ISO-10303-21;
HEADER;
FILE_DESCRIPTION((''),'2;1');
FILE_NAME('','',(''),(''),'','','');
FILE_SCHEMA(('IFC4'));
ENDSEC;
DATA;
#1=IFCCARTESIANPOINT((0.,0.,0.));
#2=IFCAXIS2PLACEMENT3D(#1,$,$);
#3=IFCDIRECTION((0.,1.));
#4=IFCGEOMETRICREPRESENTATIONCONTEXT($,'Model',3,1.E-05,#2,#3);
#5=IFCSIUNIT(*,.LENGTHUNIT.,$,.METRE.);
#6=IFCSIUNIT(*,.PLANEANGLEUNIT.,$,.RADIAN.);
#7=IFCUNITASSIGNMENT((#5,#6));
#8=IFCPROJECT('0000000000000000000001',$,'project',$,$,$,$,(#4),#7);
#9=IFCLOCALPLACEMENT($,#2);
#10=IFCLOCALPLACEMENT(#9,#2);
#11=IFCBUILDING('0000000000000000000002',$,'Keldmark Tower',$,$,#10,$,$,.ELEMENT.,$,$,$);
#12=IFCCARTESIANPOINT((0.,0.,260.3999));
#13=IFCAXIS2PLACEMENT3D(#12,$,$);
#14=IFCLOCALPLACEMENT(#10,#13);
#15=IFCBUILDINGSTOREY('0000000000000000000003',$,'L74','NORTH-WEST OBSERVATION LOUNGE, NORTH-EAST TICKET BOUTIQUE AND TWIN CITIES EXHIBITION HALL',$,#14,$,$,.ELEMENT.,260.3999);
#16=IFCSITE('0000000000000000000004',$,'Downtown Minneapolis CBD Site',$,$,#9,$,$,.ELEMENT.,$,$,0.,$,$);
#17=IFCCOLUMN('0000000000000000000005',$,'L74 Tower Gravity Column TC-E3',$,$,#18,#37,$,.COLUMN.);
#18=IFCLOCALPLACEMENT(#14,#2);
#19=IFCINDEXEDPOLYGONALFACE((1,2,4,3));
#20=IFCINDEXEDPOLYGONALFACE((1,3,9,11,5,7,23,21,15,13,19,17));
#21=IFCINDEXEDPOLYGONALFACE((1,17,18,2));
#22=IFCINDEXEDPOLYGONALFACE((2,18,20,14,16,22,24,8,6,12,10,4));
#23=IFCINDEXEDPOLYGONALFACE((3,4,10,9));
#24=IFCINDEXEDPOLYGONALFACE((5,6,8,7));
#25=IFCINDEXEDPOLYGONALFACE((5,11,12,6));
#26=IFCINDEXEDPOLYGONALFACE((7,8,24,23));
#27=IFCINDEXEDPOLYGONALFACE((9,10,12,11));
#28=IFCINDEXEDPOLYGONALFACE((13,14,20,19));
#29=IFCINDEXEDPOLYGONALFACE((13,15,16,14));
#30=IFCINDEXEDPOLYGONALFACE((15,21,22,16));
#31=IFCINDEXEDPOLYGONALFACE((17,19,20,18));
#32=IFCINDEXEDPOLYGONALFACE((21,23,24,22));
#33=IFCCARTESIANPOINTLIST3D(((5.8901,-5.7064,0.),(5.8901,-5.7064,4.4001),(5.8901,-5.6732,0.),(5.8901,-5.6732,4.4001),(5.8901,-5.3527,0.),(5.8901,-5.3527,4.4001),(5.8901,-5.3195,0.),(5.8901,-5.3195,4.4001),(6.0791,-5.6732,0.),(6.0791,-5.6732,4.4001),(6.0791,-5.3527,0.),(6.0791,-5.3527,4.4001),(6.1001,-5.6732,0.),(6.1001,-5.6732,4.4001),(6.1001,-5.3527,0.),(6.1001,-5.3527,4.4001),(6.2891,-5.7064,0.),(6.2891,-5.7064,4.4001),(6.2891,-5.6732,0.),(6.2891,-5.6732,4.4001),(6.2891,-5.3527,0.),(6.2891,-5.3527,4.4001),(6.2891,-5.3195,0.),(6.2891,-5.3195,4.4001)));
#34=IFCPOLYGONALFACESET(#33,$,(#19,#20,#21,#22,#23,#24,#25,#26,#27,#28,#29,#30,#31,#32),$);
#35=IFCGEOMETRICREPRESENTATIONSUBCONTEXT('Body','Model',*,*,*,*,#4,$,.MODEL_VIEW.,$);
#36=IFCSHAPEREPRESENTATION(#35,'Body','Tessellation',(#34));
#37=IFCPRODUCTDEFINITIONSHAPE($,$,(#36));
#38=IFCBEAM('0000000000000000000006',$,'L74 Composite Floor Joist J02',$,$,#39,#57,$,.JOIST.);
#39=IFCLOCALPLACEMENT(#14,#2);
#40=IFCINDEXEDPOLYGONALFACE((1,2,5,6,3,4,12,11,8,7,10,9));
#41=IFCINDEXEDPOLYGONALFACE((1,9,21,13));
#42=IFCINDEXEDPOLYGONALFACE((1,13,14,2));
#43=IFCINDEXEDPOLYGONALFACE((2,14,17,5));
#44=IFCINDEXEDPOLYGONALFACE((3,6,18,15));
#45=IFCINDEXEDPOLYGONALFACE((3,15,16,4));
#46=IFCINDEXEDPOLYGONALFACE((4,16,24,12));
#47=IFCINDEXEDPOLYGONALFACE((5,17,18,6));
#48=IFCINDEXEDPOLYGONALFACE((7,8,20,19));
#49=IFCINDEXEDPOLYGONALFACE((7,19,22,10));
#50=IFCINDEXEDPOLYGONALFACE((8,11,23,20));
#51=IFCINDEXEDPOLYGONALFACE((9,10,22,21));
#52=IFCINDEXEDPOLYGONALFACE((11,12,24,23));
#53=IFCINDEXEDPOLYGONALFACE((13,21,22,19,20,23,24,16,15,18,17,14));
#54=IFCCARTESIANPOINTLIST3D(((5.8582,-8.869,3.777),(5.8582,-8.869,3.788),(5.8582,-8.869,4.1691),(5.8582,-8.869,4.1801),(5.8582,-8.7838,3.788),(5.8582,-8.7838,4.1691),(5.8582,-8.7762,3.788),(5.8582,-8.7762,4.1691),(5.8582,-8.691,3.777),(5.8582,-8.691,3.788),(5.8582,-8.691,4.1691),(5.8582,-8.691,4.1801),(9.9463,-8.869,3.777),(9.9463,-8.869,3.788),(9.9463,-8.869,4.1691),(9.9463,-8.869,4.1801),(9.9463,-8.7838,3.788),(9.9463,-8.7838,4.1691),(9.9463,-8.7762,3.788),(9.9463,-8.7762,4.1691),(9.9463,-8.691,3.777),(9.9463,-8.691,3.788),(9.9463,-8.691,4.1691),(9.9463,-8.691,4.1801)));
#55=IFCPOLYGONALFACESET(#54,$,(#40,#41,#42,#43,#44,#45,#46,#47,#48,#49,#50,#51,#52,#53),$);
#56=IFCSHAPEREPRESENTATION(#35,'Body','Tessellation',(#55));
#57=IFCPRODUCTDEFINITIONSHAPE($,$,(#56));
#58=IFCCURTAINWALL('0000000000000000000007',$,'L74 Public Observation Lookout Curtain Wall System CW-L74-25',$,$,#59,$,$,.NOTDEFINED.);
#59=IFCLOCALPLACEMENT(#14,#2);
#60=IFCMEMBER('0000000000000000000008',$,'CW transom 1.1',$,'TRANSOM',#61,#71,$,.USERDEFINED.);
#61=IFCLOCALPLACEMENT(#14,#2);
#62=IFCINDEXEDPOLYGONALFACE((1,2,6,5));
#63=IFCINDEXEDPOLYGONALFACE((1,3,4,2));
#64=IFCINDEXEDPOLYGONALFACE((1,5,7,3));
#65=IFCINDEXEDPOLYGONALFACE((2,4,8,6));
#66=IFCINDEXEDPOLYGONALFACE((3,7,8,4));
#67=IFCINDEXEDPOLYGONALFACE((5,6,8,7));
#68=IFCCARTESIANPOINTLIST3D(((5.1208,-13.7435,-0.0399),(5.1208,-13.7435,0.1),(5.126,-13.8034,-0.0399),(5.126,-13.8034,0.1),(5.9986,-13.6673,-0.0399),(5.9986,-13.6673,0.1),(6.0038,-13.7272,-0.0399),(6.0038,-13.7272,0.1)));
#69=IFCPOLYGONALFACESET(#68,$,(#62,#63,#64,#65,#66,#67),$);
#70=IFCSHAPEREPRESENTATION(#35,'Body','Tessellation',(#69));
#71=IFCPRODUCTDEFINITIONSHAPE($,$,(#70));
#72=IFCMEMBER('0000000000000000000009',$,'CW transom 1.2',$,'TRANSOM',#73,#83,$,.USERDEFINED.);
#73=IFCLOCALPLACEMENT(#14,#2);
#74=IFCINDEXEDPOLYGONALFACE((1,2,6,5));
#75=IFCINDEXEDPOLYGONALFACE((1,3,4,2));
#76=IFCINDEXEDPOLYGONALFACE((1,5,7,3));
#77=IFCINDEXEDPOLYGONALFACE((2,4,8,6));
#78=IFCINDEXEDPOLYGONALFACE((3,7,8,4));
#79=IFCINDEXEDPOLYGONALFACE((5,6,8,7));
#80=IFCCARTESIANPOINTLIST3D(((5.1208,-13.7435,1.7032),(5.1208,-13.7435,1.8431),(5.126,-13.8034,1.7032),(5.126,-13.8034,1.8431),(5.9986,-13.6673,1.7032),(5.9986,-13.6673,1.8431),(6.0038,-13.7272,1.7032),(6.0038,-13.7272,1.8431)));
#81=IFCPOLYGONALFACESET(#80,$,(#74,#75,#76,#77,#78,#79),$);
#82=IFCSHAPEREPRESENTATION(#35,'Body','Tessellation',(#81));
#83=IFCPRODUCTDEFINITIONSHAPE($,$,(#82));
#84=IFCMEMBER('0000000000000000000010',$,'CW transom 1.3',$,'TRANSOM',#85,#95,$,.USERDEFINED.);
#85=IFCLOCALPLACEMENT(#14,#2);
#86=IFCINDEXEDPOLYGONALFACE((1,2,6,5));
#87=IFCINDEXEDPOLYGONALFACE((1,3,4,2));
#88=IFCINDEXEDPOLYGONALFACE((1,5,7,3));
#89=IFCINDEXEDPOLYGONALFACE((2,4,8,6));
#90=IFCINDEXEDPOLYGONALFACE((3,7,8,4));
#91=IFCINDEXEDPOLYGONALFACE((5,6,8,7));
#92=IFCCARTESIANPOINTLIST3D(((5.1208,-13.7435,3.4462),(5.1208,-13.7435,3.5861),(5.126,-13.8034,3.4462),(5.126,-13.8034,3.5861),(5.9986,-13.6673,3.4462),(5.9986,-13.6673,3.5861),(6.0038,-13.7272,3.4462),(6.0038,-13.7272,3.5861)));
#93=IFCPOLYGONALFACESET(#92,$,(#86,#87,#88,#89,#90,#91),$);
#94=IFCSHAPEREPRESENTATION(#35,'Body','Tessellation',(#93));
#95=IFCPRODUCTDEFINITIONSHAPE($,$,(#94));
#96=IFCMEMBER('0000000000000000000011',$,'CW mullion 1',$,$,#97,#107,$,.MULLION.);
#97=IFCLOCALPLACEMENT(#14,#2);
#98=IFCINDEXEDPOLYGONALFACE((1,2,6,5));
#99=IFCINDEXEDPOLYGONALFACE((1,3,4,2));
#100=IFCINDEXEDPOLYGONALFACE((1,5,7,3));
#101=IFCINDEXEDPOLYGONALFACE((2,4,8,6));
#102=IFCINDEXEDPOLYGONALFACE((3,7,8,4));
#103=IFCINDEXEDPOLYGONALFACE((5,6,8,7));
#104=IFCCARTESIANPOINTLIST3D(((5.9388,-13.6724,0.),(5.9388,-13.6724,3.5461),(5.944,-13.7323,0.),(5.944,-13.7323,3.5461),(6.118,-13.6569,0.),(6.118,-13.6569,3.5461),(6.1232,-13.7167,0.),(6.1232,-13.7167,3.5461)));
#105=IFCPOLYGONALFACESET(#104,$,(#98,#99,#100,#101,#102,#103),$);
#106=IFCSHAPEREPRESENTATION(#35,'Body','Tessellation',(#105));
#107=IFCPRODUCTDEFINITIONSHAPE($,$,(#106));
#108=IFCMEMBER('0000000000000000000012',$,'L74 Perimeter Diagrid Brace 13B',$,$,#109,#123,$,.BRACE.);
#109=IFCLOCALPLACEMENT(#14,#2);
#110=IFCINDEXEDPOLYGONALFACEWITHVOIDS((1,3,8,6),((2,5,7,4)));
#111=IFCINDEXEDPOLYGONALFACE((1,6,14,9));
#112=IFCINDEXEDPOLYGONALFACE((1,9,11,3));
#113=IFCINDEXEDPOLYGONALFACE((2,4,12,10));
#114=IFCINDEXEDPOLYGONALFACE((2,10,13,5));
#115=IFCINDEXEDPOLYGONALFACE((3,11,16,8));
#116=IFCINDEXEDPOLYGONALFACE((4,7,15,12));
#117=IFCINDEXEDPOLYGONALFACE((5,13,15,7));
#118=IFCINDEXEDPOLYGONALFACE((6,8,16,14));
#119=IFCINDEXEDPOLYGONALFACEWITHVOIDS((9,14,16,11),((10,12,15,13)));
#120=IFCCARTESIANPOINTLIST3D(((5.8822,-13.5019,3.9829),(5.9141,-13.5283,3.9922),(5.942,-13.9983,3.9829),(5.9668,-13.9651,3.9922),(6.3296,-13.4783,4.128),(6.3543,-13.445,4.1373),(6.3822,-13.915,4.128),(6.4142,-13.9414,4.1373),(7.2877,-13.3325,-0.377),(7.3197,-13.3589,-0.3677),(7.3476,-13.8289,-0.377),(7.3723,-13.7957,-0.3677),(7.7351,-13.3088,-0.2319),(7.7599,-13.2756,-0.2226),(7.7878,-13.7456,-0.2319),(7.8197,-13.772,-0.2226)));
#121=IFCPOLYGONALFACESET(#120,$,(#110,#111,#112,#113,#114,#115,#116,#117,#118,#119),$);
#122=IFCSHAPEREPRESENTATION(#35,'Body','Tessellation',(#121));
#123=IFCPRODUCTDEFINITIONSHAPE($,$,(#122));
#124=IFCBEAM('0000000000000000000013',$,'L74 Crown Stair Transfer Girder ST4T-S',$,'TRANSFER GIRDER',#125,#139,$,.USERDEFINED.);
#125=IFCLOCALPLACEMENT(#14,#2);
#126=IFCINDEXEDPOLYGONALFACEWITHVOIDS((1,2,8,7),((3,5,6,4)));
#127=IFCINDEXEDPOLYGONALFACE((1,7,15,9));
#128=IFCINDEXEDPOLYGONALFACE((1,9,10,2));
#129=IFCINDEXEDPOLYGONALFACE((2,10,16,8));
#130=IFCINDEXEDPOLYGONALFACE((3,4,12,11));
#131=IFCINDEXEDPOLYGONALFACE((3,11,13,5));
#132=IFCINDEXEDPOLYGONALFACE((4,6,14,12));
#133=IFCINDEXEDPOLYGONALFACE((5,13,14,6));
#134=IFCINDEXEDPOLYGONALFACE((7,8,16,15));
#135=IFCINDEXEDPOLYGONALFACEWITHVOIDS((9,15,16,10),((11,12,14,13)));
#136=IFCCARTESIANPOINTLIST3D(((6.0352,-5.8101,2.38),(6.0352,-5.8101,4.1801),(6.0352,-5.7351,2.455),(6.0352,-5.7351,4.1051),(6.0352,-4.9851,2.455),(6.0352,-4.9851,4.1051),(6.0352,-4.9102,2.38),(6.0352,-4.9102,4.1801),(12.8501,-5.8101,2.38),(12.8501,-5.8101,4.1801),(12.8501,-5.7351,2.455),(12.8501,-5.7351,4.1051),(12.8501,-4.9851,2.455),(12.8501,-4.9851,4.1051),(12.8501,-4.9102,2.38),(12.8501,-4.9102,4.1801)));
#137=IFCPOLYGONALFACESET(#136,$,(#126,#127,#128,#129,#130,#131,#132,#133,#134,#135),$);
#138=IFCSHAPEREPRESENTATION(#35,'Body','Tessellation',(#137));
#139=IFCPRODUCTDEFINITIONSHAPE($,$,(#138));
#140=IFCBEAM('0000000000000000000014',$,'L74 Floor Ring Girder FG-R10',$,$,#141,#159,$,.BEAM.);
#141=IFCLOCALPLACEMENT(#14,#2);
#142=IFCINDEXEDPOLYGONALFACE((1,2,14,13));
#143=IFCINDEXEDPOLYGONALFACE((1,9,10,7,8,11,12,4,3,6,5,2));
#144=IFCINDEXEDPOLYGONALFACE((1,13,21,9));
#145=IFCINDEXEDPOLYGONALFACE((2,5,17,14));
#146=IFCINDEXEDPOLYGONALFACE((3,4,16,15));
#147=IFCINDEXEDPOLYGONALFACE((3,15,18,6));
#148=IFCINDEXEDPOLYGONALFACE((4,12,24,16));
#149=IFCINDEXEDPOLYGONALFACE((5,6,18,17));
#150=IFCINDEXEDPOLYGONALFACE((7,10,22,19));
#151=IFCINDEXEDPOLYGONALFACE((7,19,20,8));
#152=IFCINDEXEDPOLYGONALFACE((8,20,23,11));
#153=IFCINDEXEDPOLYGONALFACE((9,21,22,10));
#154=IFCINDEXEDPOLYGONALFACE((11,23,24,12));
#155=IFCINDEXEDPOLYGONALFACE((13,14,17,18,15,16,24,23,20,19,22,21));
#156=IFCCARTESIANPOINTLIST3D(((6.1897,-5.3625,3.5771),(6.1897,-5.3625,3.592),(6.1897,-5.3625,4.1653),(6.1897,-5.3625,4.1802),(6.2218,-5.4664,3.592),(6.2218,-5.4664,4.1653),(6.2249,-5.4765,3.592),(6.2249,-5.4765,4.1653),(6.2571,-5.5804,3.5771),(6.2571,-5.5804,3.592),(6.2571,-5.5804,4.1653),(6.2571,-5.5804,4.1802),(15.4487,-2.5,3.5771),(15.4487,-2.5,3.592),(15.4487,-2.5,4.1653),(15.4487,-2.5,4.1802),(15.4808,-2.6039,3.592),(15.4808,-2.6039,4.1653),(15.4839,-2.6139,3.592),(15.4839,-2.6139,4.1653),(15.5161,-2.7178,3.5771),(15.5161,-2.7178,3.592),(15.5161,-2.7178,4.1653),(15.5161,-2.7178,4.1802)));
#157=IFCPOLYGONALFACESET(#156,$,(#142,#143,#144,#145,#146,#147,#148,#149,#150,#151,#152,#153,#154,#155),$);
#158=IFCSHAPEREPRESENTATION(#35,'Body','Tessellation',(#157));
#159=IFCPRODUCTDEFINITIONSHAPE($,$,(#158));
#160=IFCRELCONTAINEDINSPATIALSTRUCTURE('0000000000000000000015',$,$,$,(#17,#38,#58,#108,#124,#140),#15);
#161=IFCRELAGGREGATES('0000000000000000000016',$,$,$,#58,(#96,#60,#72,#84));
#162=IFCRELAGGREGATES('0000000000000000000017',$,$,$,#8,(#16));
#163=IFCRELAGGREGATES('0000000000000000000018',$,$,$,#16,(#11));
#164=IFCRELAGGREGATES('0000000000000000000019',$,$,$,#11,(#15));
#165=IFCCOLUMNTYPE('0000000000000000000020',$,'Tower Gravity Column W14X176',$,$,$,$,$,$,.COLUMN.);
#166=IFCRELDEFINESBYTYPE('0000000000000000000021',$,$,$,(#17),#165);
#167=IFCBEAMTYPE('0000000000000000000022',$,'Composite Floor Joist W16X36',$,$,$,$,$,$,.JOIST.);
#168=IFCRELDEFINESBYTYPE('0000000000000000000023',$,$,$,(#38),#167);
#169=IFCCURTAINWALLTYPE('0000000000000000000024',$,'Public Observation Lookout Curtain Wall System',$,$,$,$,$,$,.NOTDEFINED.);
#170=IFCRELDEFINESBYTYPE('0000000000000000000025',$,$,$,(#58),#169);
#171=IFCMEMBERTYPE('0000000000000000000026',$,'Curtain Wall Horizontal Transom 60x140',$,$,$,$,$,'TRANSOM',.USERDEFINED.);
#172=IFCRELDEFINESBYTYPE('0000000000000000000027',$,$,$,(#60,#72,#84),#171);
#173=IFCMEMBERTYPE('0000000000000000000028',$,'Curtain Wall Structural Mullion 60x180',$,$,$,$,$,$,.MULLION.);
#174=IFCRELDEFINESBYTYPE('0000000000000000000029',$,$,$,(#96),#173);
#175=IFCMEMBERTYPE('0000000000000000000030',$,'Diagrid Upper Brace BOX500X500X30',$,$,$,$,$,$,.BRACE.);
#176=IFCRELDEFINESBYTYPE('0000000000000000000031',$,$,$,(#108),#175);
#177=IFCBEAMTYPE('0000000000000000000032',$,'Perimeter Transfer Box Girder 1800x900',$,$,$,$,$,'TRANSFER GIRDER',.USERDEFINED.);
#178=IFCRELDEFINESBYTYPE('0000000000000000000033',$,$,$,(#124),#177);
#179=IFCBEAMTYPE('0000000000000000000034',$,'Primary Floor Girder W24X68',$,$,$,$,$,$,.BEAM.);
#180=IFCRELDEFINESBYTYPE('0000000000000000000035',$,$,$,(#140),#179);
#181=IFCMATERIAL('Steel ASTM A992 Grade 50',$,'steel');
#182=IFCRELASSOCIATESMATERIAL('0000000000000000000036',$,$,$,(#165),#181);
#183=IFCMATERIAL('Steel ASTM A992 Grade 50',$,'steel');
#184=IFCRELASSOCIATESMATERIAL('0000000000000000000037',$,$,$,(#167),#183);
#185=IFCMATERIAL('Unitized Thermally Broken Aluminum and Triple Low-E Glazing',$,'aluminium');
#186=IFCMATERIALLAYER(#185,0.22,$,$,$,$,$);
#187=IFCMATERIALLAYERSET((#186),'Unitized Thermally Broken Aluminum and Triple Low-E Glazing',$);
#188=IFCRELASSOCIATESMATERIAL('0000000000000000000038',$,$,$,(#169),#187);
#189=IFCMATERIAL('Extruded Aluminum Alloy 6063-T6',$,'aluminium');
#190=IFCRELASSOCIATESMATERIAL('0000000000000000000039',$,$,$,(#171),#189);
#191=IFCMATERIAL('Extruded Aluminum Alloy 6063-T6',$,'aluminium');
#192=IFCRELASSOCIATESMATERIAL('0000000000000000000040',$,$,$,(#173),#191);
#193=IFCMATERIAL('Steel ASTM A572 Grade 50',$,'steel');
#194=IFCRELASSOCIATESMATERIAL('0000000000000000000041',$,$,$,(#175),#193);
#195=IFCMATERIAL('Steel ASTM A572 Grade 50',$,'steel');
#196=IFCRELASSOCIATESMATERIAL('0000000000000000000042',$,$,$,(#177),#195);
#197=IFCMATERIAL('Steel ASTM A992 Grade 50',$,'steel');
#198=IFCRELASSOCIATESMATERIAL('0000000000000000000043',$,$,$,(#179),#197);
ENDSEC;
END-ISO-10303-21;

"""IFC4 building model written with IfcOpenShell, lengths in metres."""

from ifc_helpers import new_model, si_unit, direction, frame, origin, origin_2d, place, context, subcontext, project, spatial, rectangle, hollow_rectangle, i_section, extrude, material, layer, layer_set, material_profile, profile_set, type_object, element, aggregate, save


model = new_model("IFC4")

# Units and contexts
model_context = context("Model", 3, precision=1e-05, world=origin(), true_north=direction((0.0, 1.0)))
body_context = subcontext(model_context, "Body", "Model", "MODEL_VIEW")
ifc_project = project(units=[si_unit("LENGTHUNIT", "METRE"), si_unit("PLANEANGLEUNIT", "RADIAN")], contexts=[model_context])

# Site, building, storey
site_placement = place(None, origin())
site = spatial("IfcSite", under=ifc_project, at=site_placement, Name="Downtown Minneapolis CBD Site", CompositionType="ELEMENT", RefElevation=0.0)
building_placement = place(site_placement, origin())
building = spatial("IfcBuilding", under=site, at=building_placement, Name="Keldmark Tower", CompositionType="ELEMENT")
storey_placement = place(building_placement, frame((0.0, 0.0, 260.3999)))
storey = spatial("IfcBuildingStorey", under=building, at=storey_placement, Name="L74", Description="NORTH-WEST OBSERVATION LOUNGE, NORTH-EAST TICKET BOUTIQUE AND TWIN CITIES EXHIBITION HALL", CompositionType="ELEMENT", Elevation=260.3999)

# Column
ifc_material_1 = material(Name="Steel ASTM A992 Grade 50", Category="steel")
ifc_material_profile_1 = material_profile(ifc_material_1, i_section(OverallWidth=0.3989, OverallDepth=0.387, WebThickness=0.021, FlangeThickness=0.0332, at=origin_2d()), Name="W14X176")
ifc_profile_set_1 = profile_set([ifc_material_profile_1], Name="Steel ASTM A992 Grade 50")
column_type = type_object("IfcColumnType", Name="Tower Gravity Column W14X176", PredefinedType="COLUMN", material=ifc_profile_set_1)
column_placement = place(storey_placement, frame((6.0896, -5.5129, 0.0), z_axis=(0.0, 0.0, 1.0), x_axis=(1.0, 0.0, 0.0)))
element("IfcColumn", 1, at=column_placement, inside=storey, type_object=column_type, Name="L74 Tower Gravity Column TC-E3", PredefinedType="COLUMN", context=body_context, shape_type="SweptSolid", body=[
    extrude(i_section(OverallWidth=0.3989, OverallDepth=0.387, WebThickness=0.021, FlangeThickness=0.0332, at=origin_2d()), origin(), (0.0, 0.0, 1.0), 4.4001),
])

# Beam
ifc_material_2 = material(Name="Steel ASTM A992 Grade 50", Category="steel")
ifc_material_profile_2 = material_profile(ifc_material_2, i_section(OverallWidth=0.178, OverallDepth=0.4031, WebThickness=0.0076, FlangeThickness=0.011, at=origin_2d()), Name="W16X36")
ifc_profile_set_2 = profile_set([ifc_material_profile_2], Name="Steel ASTM A992 Grade 50")
beam_type_1 = type_object("IfcBeamType", Name="Composite Floor Joist W16X36", PredefinedType="JOIST", material=ifc_profile_set_2)
beam_1_placement = place(storey_placement, frame((5.8582, -8.78, 3.9785), z_axis=(1.0, 0.0, 0.0), x_axis=(0.0, 1.0, 0.0)))
element("IfcBeam", 2, at=beam_1_placement, inside=storey, type_object=beam_type_1, Name="L74 Composite Floor Joist J02", PredefinedType="JOIST", context=body_context, shape_type="SweptSolid", body=[
    extrude(i_section(OverallWidth=0.178, OverallDepth=0.4031, WebThickness=0.0076, FlangeThickness=0.011, at=origin_2d()), origin(), (0.0, 0.0, 1.0), 4.0881),
])

# Curtain wall, members
ifc_material_3 = material(Name="Unitized Thermally Broken Aluminum and Triple Low-E Glazing", Category="aluminium")
ifc_layer_1 = layer(ifc_material_3, 0.22)
ifc_layer_set_1 = layer_set([ifc_layer_1], Name="Unitized Thermally Broken Aluminum and Triple Low-E Glazing")
curtain_wall_type = type_object("IfcCurtainWallType", Name="Public Observation Lookout Curtain Wall System", PredefinedType="NOTDEFINED", material=ifc_layer_set_1)
curtain_wall_placement = place(storey_placement, origin())
curtain_wall = element("IfcCurtainWall", 3, at=curtain_wall_placement, inside=storey, type_object=curtain_wall_type, Name="L74 Public Observation Lookout Curtain Wall System CW-L74-25", PredefinedType="NOTDEFINED")
ifc_material_4 = material(Name="Extruded Aluminum Alloy 6063-T6", Category="aluminium")
ifc_material_profile_3 = material_profile(ifc_material_4, rectangle(XDim=0.0601, YDim=0.1399, at=origin_2d()), Name="CWT60X140")
ifc_profile_set_3 = profile_set([ifc_material_profile_3], Name="Extruded Aluminum Alloy 6063-T6")
member_type_1 = type_object("IfcMemberType", Name="Curtain Wall Horizontal Transom 60x140", ElementType="TRANSOM", PredefinedType="USERDEFINED", material=ifc_profile_set_3)
member_1_placement = place(storey_placement, frame((6.0012, -13.6973, 0.03), z_axis=(-0.996255, -0.086462, 0.0), x_axis=(0.086462, -0.996255, 0.0)))
member_1 = element("IfcMember", 4, at=member_1_placement, type_object=member_type_1, Name="CW transom 1.1", ObjectType="TRANSOM", PredefinedType="USERDEFINED", context=body_context, shape_type="SweptSolid", body=[
    extrude(rectangle(XDim=0.0601, YDim=0.1399, at=origin_2d()), origin(), (0.0, 0.0, 1.0), 0.8811),
])
member_2_placement = place(storey_placement, frame((6.0012, -13.6973, 1.7732), z_axis=(-0.996255, -0.086462, 0.0), x_axis=(0.086462, -0.996255, 0.0)))
member_2 = element("IfcMember", 5, at=member_2_placement, type_object=member_type_1, Name="CW transom 1.2", ObjectType="TRANSOM", PredefinedType="USERDEFINED", context=body_context, shape_type="SweptSolid", body=[
    extrude(rectangle(XDim=0.0601, YDim=0.1399, at=origin_2d()), origin(), (0.0, 0.0, 1.0), 0.8811),
])
member_3_placement = place(storey_placement, frame((6.0012, -13.6973, 3.5161), z_axis=(-0.996255, -0.086462, 0.0), x_axis=(0.086462, -0.996255, 0.0)))
member_3 = element("IfcMember", 6, at=member_3_placement, type_object=member_type_1, Name="CW transom 1.3", ObjectType="TRANSOM", PredefinedType="USERDEFINED", context=body_context, shape_type="SweptSolid", body=[
    extrude(rectangle(XDim=0.0601, YDim=0.1399, at=origin_2d()), origin(), (0.0, 0.0, 1.0), 0.8811),
])
ifc_material_5 = material(Name="Extruded Aluminum Alloy 6063-T6", Category="aluminium")
ifc_material_profile_4 = material_profile(ifc_material_5, rectangle(XDim=0.0601, YDim=0.1799, at=origin_2d()), Name="CWM60X180")
ifc_profile_set_4 = profile_set([ifc_material_profile_4], Name="Extruded Aluminum Alloy 6063-T6")
member_type_2 = type_object("IfcMemberType", Name="Curtain Wall Structural Mullion 60x180", PredefinedType="MULLION", material=ifc_profile_set_4)
member_4_placement = place(storey_placement, frame((6.031, -13.6946, 0.0), z_axis=(0.0, 0.0, 1.0), x_axis=(0.086472, -0.996254, 0.0)))
member_4 = element("IfcMember", 7, at=member_4_placement, type_object=member_type_2, Name="CW mullion 1", PredefinedType="MULLION", context=body_context, shape_type="SweptSolid", body=[
    extrude(rectangle(XDim=0.0601, YDim=0.1799, at=origin_2d()), origin(), (0.0, 0.0, 1.0), 3.5461),
])
aggregate(curtain_wall, [member_4, member_1, member_2, member_3])

# Member
ifc_material_6 = material(Name="Steel ASTM A572 Grade 50", Category="steel")
ifc_material_profile_5 = material_profile(ifc_material_6, hollow_rectangle(XDim=0.5, YDim=0.5, WallThickness=0.03, at=origin_2d()), Name="BOX500X500X30")
ifc_profile_set_5 = profile_set([ifc_material_profile_5], Name="Steel ASTM A572 Grade 50")
member_type_3 = type_object("IfcMemberType", Name="Diagrid Upper Brace BOX500X500X30", PredefinedType="BRACE", material=ifc_profile_set_5)
member_5_placement = place(storey_placement, frame((7.5537, -13.5522, -0.2998), z_axis=(-0.306617, -0.036962, 0.951115), x_axis=(0.119682, -0.992812, 0.0)))
element("IfcMember", 8, at=member_5_placement, inside=storey, type_object=member_type_3, Name="L74 Perimeter Diagrid Brace 13B", PredefinedType="BRACE", context=body_context, shape_type="SweptSolid", body=[
    extrude(hollow_rectangle(XDim=0.5, YDim=0.5, WallThickness=0.03, at=origin_2d()), origin(), (0.0, 0.0, 1.0), 4.584),
])

# Beams
ifc_material_7 = material(Name="Steel ASTM A572 Grade 50", Category="steel")
ifc_material_profile_6 = material_profile(ifc_material_7, hollow_rectangle(XDim=0.8999, YDim=1.8, WallThickness=0.075, at=origin_2d()), Name="TBOX1800X900X75")
ifc_profile_set_6 = profile_set([ifc_material_profile_6], Name="Steel ASTM A572 Grade 50")
beam_type_2 = type_object("IfcBeamType", Name="Perimeter Transfer Box Girder 1800x900", ElementType="TRANSFER GIRDER", PredefinedType="USERDEFINED", material=ifc_profile_set_6)
beam_2_placement = place(storey_placement, frame((6.0352, -5.3601, 3.28), z_axis=(1.0, 0.0, 0.0), x_axis=(0.0, 1.0, 0.0)))
element("IfcBeam", 9, at=beam_2_placement, inside=storey, type_object=beam_type_2, Name="L74 Crown Stair Transfer Girder ST4T-S", ObjectType="TRANSFER GIRDER", PredefinedType="USERDEFINED", context=body_context, shape_type="SweptSolid", body=[
    extrude(hollow_rectangle(XDim=0.8999, YDim=1.8, WallThickness=0.075, at=origin_2d()), origin(), (0.0, 0.0, 1.0), 6.8149),
])
ifc_material_8 = material(Name="Steel ASTM A992 Grade 50", Category="steel")
ifc_material_profile_7 = material_profile(ifc_material_8, i_section(OverallWidth=0.228, OverallDepth=0.603, WebThickness=0.0105, FlangeThickness=0.0149, at=origin_2d()), Name="W24X68")
ifc_profile_set_7 = profile_set([ifc_material_profile_7], Name="Steel ASTM A992 Grade 50")
beam_type_3 = type_object("IfcBeamType", Name="Primary Floor Girder W24X68", PredefinedType="BEAM", material=ifc_profile_set_7)
beam_3_placement = place(storey_placement, frame((6.2234, -5.4714, 3.8787), z_axis=(0.955383, 0.295369, 0.0), x_axis=(-0.295369, 0.955383, 0.0)))
element("IfcBeam", 10, at=beam_3_placement, inside=storey, type_object=beam_type_3, Name="L74 Floor Ring Girder FG-R10", PredefinedType="BEAM", context=body_context, shape_type="SweptSolid", body=[
    extrude(i_section(OverallWidth=0.228, OverallDepth=0.603, WebThickness=0.0105, FlangeThickness=0.0149, at=origin_2d()), origin(), (0.0, 0.0, 1.0), 9.6914),
])

save(model, "model.ifc")
